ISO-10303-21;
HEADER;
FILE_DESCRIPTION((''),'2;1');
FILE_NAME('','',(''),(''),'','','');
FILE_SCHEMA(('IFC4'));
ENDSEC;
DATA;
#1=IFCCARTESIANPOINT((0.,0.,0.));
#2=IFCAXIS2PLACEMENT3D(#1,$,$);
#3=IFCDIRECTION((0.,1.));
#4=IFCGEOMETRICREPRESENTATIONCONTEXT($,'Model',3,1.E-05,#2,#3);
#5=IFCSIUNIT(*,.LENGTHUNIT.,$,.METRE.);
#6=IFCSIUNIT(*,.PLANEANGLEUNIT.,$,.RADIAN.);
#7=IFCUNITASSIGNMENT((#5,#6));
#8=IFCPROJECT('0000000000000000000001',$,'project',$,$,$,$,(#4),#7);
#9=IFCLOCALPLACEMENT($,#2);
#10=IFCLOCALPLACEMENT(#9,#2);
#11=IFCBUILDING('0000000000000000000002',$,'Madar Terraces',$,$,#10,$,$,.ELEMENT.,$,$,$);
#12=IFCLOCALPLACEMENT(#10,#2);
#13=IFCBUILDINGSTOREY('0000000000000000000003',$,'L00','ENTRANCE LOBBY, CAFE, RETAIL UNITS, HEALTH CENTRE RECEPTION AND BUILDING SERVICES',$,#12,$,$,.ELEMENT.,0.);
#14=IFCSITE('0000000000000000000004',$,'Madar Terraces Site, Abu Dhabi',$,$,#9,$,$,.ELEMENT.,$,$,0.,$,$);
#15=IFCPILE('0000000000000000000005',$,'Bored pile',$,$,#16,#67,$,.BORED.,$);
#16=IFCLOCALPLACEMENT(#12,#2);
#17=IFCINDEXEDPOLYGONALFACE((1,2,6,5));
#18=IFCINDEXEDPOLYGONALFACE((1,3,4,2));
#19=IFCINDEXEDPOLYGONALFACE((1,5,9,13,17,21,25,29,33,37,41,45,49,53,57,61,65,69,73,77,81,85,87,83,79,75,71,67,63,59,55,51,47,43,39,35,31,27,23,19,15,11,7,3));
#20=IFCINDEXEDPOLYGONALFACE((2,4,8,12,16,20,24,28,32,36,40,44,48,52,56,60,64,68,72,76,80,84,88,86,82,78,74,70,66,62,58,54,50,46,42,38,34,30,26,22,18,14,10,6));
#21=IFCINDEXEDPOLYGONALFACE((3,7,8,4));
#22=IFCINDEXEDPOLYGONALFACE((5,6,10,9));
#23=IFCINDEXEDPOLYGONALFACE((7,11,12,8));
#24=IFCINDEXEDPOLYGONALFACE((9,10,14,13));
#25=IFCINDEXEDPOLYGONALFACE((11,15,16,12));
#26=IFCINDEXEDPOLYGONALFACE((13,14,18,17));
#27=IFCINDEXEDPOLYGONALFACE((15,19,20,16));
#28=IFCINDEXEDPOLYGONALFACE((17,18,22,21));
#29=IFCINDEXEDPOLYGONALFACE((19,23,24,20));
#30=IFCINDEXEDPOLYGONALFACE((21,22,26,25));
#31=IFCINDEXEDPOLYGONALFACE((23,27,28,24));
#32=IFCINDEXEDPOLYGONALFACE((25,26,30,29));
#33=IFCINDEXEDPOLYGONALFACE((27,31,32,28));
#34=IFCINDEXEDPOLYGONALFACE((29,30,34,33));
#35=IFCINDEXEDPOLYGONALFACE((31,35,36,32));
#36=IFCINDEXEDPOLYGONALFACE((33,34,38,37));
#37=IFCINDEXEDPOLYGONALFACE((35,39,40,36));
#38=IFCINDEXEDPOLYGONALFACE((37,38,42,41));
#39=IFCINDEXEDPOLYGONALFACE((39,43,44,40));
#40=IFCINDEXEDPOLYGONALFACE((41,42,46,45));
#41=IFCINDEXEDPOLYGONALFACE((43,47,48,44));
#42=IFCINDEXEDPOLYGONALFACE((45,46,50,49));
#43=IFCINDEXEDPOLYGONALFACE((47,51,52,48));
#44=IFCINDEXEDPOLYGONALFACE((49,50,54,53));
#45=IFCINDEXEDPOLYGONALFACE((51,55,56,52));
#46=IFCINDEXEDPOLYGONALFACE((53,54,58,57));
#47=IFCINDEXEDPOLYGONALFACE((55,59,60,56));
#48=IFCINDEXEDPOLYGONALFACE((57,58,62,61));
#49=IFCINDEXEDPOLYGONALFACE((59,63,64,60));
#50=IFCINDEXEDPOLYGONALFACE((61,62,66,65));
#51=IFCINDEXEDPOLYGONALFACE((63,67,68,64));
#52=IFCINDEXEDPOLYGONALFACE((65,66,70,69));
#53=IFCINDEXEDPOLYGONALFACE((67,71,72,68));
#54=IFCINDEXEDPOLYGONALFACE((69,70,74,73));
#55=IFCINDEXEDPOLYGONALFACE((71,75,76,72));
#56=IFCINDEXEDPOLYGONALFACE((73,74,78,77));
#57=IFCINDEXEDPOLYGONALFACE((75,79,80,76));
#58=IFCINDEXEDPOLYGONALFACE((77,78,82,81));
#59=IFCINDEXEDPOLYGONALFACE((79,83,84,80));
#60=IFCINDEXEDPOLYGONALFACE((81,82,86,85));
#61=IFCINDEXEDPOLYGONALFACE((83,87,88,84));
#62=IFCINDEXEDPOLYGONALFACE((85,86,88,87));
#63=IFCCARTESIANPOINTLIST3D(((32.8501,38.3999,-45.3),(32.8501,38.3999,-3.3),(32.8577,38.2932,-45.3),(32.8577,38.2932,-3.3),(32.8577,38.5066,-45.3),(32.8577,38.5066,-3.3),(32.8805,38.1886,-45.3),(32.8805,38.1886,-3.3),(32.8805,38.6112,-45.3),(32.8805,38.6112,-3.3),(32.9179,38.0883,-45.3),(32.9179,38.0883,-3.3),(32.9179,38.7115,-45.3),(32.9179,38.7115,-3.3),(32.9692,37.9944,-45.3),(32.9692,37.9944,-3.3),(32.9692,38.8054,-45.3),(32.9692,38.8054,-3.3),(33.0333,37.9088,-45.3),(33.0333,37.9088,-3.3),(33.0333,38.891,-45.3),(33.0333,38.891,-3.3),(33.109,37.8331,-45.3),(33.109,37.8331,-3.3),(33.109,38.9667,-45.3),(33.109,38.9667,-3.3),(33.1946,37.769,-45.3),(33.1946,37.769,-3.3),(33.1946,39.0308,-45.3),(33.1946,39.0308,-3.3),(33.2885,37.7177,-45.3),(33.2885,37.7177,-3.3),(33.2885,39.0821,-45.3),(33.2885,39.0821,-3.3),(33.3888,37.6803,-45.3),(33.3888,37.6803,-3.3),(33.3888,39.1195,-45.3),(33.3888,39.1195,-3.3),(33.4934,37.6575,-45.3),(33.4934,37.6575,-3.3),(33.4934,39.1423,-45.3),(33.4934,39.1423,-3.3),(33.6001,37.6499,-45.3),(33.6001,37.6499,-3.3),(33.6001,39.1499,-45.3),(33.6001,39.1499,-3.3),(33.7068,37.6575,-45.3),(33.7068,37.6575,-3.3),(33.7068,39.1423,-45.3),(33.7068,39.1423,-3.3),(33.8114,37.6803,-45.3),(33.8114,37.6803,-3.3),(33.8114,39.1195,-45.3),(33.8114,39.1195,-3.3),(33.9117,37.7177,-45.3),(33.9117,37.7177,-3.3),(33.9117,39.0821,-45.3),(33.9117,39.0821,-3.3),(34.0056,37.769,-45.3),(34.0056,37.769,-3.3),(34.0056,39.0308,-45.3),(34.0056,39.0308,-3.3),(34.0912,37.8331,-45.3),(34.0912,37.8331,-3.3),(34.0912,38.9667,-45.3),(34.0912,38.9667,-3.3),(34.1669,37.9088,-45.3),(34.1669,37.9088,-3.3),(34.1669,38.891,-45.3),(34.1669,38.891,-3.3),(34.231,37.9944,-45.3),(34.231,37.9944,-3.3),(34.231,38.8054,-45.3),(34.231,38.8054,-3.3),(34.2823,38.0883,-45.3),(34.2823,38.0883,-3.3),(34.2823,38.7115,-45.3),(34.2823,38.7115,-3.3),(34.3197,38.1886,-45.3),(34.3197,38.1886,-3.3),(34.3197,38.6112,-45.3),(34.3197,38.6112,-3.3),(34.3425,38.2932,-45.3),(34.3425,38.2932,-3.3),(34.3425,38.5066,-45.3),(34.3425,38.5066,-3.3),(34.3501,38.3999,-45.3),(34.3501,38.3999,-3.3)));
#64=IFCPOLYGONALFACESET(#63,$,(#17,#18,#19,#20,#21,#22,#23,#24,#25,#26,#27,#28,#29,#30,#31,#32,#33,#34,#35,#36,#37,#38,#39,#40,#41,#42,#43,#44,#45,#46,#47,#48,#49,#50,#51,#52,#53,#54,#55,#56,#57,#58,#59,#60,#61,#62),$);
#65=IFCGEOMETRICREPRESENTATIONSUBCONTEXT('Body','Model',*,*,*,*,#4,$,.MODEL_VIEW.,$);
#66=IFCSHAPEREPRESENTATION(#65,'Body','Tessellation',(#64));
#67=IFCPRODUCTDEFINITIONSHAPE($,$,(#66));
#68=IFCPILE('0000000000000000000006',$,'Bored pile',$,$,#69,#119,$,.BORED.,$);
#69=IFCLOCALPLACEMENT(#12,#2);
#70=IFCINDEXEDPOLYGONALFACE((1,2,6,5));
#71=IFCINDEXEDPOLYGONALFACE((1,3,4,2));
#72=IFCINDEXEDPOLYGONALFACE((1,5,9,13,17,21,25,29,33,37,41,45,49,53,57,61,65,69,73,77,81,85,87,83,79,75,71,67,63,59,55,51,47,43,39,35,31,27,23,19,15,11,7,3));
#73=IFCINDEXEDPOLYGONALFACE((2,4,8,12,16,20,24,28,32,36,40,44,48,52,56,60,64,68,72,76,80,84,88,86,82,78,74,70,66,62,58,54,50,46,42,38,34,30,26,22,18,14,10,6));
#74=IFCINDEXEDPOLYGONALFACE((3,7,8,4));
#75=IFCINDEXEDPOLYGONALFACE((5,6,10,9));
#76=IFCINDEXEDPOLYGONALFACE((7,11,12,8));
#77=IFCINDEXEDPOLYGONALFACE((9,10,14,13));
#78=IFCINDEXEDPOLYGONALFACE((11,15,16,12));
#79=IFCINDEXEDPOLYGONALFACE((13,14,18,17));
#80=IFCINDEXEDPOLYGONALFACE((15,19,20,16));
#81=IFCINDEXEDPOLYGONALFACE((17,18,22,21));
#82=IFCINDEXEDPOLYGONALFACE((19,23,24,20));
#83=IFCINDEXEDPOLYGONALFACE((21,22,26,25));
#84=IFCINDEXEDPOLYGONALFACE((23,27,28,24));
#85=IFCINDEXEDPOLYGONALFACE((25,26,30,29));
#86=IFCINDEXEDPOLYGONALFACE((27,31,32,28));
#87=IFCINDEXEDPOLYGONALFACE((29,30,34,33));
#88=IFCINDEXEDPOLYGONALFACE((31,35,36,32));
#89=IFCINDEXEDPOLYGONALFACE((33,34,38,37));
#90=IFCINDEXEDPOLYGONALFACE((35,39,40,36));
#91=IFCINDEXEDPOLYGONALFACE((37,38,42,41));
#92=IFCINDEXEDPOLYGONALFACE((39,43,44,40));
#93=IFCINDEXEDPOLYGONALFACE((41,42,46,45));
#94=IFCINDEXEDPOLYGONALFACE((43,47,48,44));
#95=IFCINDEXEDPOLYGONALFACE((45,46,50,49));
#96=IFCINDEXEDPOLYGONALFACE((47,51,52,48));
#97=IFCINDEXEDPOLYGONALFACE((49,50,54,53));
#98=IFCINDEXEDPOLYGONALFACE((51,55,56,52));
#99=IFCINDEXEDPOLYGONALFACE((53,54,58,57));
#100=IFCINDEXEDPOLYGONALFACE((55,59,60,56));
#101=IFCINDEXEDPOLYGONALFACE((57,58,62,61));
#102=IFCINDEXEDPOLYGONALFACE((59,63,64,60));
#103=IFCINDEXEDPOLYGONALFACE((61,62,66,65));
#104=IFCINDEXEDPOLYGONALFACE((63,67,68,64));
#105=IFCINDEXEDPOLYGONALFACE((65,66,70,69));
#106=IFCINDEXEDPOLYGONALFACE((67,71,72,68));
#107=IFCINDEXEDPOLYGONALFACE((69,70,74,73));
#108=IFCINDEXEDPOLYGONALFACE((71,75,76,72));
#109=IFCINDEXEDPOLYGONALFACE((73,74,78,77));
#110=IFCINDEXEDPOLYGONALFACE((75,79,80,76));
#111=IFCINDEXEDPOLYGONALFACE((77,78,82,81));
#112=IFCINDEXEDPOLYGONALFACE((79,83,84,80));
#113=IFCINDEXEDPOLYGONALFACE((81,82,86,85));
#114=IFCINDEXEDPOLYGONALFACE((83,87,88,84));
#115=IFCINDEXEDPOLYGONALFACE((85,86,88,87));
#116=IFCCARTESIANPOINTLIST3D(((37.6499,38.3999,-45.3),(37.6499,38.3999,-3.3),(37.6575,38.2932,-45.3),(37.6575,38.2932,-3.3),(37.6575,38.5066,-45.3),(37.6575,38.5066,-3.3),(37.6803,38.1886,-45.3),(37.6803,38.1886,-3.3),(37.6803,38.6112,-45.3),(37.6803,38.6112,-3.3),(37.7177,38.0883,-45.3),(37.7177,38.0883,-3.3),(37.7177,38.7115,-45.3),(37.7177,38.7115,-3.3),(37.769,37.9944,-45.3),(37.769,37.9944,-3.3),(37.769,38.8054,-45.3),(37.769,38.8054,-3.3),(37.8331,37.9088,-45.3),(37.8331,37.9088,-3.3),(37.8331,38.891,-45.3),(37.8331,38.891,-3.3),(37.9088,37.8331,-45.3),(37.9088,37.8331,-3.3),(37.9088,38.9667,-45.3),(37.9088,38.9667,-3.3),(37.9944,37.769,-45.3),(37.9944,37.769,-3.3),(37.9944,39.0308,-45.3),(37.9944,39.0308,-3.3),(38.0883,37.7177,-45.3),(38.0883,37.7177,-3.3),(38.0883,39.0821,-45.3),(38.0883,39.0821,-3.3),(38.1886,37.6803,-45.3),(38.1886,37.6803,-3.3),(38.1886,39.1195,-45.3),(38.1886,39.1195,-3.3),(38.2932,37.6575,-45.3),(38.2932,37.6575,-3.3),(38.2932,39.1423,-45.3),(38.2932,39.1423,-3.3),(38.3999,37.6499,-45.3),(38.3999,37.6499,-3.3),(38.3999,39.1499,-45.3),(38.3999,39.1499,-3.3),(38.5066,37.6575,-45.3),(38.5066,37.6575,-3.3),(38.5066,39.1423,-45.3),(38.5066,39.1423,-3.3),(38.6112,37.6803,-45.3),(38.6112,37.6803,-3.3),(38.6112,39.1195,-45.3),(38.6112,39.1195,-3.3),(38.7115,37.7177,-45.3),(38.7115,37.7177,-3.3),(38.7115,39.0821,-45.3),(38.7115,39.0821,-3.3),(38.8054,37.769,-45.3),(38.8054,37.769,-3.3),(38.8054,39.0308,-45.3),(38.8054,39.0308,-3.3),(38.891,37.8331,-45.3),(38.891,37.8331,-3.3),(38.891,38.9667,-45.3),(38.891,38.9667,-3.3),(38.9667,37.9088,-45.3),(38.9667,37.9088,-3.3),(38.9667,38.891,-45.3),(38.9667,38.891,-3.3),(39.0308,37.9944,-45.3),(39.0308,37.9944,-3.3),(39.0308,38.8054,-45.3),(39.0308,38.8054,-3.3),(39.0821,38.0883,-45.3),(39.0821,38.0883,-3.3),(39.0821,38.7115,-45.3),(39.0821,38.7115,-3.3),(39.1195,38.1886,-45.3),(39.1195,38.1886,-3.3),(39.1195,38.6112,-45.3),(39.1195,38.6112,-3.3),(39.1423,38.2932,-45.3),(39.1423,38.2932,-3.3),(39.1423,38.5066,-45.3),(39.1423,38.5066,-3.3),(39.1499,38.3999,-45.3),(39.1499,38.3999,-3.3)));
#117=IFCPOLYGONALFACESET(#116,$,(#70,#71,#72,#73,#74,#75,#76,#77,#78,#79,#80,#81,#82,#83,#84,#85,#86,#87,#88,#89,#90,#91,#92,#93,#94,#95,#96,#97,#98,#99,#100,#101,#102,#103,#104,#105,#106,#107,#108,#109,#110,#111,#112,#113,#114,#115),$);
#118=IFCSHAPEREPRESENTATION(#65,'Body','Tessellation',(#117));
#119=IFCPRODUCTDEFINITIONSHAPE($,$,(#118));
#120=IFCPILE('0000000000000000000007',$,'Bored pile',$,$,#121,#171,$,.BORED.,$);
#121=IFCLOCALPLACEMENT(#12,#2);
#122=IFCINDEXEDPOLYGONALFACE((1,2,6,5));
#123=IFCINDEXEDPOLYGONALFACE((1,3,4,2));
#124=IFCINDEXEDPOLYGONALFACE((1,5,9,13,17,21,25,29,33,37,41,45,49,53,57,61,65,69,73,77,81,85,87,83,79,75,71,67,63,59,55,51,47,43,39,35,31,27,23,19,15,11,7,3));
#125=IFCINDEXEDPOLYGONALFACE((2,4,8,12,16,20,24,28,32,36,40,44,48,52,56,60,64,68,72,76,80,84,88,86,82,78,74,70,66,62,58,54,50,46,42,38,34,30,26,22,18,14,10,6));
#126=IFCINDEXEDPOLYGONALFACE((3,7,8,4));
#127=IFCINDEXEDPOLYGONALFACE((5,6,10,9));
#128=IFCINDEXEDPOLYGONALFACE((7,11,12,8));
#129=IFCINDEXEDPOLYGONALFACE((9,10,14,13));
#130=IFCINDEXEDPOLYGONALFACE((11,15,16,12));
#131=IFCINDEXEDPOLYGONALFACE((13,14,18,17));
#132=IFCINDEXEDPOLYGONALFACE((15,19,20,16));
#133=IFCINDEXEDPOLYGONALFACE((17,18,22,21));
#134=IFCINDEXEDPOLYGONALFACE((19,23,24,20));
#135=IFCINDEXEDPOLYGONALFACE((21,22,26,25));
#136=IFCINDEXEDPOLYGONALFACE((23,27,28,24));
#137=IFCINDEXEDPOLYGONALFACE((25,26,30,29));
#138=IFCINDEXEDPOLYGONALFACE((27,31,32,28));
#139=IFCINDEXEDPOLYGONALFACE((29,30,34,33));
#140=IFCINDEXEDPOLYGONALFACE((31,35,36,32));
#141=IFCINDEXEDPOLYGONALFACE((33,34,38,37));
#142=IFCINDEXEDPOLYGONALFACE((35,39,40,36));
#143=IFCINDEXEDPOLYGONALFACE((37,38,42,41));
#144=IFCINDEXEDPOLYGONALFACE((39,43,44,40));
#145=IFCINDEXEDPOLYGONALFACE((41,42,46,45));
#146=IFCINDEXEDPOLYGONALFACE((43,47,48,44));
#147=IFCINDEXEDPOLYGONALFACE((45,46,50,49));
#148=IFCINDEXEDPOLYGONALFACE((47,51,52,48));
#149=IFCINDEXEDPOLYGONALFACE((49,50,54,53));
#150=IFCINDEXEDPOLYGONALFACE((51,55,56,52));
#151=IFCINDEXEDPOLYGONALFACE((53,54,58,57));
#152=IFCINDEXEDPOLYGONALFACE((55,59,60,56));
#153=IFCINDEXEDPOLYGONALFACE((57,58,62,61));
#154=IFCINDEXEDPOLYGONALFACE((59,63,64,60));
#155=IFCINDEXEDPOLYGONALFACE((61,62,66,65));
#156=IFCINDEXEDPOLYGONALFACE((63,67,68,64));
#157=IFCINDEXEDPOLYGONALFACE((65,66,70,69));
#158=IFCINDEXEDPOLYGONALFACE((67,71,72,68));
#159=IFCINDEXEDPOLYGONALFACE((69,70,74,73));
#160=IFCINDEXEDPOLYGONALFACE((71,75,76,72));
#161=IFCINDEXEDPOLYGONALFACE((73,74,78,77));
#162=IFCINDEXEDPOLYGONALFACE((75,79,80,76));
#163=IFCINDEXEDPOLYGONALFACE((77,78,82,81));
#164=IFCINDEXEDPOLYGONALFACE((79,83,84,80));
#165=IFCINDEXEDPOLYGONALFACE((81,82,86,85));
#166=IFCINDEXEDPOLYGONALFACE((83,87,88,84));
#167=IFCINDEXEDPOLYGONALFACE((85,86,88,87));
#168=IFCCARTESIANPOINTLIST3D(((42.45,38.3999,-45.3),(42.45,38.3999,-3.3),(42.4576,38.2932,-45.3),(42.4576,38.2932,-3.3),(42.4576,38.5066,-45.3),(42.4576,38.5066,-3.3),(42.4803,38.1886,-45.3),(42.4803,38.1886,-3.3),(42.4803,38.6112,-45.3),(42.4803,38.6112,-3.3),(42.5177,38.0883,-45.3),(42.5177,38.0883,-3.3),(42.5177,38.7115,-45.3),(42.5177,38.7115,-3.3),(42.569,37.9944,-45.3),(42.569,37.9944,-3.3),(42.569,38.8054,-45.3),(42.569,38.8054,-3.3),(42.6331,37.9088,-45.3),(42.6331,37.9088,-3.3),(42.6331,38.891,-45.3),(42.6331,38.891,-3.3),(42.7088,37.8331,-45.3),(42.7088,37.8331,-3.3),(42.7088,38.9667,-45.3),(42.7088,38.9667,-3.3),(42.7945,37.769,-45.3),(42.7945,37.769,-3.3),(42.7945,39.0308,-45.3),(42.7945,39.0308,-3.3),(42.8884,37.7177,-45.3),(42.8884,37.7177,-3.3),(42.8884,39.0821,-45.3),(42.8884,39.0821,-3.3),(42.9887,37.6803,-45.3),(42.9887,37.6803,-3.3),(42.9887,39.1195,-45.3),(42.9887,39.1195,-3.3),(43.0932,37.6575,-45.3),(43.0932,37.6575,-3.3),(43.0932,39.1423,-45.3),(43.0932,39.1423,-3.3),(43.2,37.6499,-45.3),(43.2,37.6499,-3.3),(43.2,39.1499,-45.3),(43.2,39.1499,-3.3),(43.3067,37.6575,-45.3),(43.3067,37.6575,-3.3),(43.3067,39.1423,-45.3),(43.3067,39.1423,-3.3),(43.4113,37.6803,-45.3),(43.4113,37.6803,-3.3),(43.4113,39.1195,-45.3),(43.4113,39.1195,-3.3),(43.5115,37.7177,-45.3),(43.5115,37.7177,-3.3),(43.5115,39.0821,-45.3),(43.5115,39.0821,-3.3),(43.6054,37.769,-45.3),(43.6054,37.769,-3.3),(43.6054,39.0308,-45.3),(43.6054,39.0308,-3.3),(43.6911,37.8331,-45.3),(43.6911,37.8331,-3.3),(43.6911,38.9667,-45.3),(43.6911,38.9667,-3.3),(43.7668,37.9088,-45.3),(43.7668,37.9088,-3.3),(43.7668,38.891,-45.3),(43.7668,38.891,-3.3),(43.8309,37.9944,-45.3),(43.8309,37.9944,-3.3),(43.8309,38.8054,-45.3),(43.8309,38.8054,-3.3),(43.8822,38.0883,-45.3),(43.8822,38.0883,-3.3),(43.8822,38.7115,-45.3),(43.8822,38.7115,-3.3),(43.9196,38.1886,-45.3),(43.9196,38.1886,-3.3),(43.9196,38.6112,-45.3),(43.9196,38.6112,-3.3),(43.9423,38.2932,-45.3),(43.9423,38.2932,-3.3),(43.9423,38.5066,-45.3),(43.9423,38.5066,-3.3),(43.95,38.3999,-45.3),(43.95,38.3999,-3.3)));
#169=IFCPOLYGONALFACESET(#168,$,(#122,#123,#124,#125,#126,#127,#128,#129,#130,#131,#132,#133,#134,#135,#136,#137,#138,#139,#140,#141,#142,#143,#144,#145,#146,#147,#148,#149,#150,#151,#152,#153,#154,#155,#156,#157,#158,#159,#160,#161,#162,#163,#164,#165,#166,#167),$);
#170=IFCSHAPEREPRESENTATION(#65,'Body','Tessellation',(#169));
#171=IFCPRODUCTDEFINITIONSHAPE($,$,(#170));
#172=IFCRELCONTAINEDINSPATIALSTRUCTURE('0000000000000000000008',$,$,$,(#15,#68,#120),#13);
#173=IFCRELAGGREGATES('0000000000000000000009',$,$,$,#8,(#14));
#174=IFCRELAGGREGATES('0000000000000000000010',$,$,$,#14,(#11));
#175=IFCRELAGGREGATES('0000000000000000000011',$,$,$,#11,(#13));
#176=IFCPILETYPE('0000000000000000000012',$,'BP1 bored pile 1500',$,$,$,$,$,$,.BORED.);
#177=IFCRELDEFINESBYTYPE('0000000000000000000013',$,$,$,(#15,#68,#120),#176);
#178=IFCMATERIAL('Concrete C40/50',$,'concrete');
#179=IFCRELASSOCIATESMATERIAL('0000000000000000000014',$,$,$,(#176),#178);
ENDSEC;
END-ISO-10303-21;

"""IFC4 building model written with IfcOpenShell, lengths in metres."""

from ifc_helpers import new_model, si_unit, direction, frame, origin, origin_2d, place, context, subcontext, project, spatial, circle, extrude, material, material_profile, profile_set, type_object, element, save


model = new_model("IFC4")

# Units and contexts
model_context = context("Model", 3, precision=1e-05, world=origin(), true_north=direction((0.0, 1.0)))
body_context = subcontext(model_context, "Body", "Model", "MODEL_VIEW")
ifc_project = project(units=[si_unit("LENGTHUNIT", "METRE"), si_unit("PLANEANGLEUNIT", "RADIAN")], contexts=[model_context])

# Site, building, storey
site_placement = place(None, origin())
site = spatial("IfcSite", under=ifc_project, at=site_placement, Name="Madar Terraces Site, Abu Dhabi", CompositionType="ELEMENT", RefElevation=0.0)
building_placement = place(site_placement, origin())
building = spatial("IfcBuilding", under=site, at=building_placement, Name="Madar Terraces", CompositionType="ELEMENT")
storey_placement = place(building_placement, origin())
storey = spatial("IfcBuildingStorey", under=building, at=storey_placement, Name="L00", Description="ENTRANCE LOBBY, CAFE, RETAIL UNITS, HEALTH CENTRE RECEPTION AND BUILDING SERVICES", CompositionType="ELEMENT", Elevation=0.0)

# Piles
ifc_material_1 = material(Name="Concrete C40/50", Category="concrete")
ifc_material_profile_1 = material_profile(ifc_material_1, circle(Radius=0.75, at=origin_2d()), Name="BP1 bored pile 1500")
ifc_profile_set_1 = profile_set([ifc_material_profile_1], Name="Concrete C40/50")
pile_type = type_object("IfcPileType", Name="BP1 bored pile 1500", PredefinedType="BORED", material=ifc_profile_set_1)
for number, where, z_axis, x_axis, name in (
    (1, (33.6001, 38.3999, -3.3), (0.0, 0.0, -1.0), (1.0, 0.0, 0.0), "Bored pile"),
    (2, (38.3999, 38.3999, -3.3), (0.0, 0.0, -1.0), (1.0, 0.0, 0.0), "Bored pile"),
    (3, (43.2, 38.3999, -3.3), (0.0, 0.0, -1.0), (1.0, 0.0, 0.0), "Bored pile"),
):
    element("IfcPile", number, at=place(storey_placement, frame(where, z_axis=z_axis, x_axis=x_axis)), inside=storey, type_object=pile_type, Name=name, PredefinedType="BORED", context=body_context, shape_type="SweptSolid", body=[
        extrude(circle(Radius=0.75, at=origin_2d()), origin(), (0.0, 0.0, 1.0), 42.0),
    ])

save(model, "model.ifc")
